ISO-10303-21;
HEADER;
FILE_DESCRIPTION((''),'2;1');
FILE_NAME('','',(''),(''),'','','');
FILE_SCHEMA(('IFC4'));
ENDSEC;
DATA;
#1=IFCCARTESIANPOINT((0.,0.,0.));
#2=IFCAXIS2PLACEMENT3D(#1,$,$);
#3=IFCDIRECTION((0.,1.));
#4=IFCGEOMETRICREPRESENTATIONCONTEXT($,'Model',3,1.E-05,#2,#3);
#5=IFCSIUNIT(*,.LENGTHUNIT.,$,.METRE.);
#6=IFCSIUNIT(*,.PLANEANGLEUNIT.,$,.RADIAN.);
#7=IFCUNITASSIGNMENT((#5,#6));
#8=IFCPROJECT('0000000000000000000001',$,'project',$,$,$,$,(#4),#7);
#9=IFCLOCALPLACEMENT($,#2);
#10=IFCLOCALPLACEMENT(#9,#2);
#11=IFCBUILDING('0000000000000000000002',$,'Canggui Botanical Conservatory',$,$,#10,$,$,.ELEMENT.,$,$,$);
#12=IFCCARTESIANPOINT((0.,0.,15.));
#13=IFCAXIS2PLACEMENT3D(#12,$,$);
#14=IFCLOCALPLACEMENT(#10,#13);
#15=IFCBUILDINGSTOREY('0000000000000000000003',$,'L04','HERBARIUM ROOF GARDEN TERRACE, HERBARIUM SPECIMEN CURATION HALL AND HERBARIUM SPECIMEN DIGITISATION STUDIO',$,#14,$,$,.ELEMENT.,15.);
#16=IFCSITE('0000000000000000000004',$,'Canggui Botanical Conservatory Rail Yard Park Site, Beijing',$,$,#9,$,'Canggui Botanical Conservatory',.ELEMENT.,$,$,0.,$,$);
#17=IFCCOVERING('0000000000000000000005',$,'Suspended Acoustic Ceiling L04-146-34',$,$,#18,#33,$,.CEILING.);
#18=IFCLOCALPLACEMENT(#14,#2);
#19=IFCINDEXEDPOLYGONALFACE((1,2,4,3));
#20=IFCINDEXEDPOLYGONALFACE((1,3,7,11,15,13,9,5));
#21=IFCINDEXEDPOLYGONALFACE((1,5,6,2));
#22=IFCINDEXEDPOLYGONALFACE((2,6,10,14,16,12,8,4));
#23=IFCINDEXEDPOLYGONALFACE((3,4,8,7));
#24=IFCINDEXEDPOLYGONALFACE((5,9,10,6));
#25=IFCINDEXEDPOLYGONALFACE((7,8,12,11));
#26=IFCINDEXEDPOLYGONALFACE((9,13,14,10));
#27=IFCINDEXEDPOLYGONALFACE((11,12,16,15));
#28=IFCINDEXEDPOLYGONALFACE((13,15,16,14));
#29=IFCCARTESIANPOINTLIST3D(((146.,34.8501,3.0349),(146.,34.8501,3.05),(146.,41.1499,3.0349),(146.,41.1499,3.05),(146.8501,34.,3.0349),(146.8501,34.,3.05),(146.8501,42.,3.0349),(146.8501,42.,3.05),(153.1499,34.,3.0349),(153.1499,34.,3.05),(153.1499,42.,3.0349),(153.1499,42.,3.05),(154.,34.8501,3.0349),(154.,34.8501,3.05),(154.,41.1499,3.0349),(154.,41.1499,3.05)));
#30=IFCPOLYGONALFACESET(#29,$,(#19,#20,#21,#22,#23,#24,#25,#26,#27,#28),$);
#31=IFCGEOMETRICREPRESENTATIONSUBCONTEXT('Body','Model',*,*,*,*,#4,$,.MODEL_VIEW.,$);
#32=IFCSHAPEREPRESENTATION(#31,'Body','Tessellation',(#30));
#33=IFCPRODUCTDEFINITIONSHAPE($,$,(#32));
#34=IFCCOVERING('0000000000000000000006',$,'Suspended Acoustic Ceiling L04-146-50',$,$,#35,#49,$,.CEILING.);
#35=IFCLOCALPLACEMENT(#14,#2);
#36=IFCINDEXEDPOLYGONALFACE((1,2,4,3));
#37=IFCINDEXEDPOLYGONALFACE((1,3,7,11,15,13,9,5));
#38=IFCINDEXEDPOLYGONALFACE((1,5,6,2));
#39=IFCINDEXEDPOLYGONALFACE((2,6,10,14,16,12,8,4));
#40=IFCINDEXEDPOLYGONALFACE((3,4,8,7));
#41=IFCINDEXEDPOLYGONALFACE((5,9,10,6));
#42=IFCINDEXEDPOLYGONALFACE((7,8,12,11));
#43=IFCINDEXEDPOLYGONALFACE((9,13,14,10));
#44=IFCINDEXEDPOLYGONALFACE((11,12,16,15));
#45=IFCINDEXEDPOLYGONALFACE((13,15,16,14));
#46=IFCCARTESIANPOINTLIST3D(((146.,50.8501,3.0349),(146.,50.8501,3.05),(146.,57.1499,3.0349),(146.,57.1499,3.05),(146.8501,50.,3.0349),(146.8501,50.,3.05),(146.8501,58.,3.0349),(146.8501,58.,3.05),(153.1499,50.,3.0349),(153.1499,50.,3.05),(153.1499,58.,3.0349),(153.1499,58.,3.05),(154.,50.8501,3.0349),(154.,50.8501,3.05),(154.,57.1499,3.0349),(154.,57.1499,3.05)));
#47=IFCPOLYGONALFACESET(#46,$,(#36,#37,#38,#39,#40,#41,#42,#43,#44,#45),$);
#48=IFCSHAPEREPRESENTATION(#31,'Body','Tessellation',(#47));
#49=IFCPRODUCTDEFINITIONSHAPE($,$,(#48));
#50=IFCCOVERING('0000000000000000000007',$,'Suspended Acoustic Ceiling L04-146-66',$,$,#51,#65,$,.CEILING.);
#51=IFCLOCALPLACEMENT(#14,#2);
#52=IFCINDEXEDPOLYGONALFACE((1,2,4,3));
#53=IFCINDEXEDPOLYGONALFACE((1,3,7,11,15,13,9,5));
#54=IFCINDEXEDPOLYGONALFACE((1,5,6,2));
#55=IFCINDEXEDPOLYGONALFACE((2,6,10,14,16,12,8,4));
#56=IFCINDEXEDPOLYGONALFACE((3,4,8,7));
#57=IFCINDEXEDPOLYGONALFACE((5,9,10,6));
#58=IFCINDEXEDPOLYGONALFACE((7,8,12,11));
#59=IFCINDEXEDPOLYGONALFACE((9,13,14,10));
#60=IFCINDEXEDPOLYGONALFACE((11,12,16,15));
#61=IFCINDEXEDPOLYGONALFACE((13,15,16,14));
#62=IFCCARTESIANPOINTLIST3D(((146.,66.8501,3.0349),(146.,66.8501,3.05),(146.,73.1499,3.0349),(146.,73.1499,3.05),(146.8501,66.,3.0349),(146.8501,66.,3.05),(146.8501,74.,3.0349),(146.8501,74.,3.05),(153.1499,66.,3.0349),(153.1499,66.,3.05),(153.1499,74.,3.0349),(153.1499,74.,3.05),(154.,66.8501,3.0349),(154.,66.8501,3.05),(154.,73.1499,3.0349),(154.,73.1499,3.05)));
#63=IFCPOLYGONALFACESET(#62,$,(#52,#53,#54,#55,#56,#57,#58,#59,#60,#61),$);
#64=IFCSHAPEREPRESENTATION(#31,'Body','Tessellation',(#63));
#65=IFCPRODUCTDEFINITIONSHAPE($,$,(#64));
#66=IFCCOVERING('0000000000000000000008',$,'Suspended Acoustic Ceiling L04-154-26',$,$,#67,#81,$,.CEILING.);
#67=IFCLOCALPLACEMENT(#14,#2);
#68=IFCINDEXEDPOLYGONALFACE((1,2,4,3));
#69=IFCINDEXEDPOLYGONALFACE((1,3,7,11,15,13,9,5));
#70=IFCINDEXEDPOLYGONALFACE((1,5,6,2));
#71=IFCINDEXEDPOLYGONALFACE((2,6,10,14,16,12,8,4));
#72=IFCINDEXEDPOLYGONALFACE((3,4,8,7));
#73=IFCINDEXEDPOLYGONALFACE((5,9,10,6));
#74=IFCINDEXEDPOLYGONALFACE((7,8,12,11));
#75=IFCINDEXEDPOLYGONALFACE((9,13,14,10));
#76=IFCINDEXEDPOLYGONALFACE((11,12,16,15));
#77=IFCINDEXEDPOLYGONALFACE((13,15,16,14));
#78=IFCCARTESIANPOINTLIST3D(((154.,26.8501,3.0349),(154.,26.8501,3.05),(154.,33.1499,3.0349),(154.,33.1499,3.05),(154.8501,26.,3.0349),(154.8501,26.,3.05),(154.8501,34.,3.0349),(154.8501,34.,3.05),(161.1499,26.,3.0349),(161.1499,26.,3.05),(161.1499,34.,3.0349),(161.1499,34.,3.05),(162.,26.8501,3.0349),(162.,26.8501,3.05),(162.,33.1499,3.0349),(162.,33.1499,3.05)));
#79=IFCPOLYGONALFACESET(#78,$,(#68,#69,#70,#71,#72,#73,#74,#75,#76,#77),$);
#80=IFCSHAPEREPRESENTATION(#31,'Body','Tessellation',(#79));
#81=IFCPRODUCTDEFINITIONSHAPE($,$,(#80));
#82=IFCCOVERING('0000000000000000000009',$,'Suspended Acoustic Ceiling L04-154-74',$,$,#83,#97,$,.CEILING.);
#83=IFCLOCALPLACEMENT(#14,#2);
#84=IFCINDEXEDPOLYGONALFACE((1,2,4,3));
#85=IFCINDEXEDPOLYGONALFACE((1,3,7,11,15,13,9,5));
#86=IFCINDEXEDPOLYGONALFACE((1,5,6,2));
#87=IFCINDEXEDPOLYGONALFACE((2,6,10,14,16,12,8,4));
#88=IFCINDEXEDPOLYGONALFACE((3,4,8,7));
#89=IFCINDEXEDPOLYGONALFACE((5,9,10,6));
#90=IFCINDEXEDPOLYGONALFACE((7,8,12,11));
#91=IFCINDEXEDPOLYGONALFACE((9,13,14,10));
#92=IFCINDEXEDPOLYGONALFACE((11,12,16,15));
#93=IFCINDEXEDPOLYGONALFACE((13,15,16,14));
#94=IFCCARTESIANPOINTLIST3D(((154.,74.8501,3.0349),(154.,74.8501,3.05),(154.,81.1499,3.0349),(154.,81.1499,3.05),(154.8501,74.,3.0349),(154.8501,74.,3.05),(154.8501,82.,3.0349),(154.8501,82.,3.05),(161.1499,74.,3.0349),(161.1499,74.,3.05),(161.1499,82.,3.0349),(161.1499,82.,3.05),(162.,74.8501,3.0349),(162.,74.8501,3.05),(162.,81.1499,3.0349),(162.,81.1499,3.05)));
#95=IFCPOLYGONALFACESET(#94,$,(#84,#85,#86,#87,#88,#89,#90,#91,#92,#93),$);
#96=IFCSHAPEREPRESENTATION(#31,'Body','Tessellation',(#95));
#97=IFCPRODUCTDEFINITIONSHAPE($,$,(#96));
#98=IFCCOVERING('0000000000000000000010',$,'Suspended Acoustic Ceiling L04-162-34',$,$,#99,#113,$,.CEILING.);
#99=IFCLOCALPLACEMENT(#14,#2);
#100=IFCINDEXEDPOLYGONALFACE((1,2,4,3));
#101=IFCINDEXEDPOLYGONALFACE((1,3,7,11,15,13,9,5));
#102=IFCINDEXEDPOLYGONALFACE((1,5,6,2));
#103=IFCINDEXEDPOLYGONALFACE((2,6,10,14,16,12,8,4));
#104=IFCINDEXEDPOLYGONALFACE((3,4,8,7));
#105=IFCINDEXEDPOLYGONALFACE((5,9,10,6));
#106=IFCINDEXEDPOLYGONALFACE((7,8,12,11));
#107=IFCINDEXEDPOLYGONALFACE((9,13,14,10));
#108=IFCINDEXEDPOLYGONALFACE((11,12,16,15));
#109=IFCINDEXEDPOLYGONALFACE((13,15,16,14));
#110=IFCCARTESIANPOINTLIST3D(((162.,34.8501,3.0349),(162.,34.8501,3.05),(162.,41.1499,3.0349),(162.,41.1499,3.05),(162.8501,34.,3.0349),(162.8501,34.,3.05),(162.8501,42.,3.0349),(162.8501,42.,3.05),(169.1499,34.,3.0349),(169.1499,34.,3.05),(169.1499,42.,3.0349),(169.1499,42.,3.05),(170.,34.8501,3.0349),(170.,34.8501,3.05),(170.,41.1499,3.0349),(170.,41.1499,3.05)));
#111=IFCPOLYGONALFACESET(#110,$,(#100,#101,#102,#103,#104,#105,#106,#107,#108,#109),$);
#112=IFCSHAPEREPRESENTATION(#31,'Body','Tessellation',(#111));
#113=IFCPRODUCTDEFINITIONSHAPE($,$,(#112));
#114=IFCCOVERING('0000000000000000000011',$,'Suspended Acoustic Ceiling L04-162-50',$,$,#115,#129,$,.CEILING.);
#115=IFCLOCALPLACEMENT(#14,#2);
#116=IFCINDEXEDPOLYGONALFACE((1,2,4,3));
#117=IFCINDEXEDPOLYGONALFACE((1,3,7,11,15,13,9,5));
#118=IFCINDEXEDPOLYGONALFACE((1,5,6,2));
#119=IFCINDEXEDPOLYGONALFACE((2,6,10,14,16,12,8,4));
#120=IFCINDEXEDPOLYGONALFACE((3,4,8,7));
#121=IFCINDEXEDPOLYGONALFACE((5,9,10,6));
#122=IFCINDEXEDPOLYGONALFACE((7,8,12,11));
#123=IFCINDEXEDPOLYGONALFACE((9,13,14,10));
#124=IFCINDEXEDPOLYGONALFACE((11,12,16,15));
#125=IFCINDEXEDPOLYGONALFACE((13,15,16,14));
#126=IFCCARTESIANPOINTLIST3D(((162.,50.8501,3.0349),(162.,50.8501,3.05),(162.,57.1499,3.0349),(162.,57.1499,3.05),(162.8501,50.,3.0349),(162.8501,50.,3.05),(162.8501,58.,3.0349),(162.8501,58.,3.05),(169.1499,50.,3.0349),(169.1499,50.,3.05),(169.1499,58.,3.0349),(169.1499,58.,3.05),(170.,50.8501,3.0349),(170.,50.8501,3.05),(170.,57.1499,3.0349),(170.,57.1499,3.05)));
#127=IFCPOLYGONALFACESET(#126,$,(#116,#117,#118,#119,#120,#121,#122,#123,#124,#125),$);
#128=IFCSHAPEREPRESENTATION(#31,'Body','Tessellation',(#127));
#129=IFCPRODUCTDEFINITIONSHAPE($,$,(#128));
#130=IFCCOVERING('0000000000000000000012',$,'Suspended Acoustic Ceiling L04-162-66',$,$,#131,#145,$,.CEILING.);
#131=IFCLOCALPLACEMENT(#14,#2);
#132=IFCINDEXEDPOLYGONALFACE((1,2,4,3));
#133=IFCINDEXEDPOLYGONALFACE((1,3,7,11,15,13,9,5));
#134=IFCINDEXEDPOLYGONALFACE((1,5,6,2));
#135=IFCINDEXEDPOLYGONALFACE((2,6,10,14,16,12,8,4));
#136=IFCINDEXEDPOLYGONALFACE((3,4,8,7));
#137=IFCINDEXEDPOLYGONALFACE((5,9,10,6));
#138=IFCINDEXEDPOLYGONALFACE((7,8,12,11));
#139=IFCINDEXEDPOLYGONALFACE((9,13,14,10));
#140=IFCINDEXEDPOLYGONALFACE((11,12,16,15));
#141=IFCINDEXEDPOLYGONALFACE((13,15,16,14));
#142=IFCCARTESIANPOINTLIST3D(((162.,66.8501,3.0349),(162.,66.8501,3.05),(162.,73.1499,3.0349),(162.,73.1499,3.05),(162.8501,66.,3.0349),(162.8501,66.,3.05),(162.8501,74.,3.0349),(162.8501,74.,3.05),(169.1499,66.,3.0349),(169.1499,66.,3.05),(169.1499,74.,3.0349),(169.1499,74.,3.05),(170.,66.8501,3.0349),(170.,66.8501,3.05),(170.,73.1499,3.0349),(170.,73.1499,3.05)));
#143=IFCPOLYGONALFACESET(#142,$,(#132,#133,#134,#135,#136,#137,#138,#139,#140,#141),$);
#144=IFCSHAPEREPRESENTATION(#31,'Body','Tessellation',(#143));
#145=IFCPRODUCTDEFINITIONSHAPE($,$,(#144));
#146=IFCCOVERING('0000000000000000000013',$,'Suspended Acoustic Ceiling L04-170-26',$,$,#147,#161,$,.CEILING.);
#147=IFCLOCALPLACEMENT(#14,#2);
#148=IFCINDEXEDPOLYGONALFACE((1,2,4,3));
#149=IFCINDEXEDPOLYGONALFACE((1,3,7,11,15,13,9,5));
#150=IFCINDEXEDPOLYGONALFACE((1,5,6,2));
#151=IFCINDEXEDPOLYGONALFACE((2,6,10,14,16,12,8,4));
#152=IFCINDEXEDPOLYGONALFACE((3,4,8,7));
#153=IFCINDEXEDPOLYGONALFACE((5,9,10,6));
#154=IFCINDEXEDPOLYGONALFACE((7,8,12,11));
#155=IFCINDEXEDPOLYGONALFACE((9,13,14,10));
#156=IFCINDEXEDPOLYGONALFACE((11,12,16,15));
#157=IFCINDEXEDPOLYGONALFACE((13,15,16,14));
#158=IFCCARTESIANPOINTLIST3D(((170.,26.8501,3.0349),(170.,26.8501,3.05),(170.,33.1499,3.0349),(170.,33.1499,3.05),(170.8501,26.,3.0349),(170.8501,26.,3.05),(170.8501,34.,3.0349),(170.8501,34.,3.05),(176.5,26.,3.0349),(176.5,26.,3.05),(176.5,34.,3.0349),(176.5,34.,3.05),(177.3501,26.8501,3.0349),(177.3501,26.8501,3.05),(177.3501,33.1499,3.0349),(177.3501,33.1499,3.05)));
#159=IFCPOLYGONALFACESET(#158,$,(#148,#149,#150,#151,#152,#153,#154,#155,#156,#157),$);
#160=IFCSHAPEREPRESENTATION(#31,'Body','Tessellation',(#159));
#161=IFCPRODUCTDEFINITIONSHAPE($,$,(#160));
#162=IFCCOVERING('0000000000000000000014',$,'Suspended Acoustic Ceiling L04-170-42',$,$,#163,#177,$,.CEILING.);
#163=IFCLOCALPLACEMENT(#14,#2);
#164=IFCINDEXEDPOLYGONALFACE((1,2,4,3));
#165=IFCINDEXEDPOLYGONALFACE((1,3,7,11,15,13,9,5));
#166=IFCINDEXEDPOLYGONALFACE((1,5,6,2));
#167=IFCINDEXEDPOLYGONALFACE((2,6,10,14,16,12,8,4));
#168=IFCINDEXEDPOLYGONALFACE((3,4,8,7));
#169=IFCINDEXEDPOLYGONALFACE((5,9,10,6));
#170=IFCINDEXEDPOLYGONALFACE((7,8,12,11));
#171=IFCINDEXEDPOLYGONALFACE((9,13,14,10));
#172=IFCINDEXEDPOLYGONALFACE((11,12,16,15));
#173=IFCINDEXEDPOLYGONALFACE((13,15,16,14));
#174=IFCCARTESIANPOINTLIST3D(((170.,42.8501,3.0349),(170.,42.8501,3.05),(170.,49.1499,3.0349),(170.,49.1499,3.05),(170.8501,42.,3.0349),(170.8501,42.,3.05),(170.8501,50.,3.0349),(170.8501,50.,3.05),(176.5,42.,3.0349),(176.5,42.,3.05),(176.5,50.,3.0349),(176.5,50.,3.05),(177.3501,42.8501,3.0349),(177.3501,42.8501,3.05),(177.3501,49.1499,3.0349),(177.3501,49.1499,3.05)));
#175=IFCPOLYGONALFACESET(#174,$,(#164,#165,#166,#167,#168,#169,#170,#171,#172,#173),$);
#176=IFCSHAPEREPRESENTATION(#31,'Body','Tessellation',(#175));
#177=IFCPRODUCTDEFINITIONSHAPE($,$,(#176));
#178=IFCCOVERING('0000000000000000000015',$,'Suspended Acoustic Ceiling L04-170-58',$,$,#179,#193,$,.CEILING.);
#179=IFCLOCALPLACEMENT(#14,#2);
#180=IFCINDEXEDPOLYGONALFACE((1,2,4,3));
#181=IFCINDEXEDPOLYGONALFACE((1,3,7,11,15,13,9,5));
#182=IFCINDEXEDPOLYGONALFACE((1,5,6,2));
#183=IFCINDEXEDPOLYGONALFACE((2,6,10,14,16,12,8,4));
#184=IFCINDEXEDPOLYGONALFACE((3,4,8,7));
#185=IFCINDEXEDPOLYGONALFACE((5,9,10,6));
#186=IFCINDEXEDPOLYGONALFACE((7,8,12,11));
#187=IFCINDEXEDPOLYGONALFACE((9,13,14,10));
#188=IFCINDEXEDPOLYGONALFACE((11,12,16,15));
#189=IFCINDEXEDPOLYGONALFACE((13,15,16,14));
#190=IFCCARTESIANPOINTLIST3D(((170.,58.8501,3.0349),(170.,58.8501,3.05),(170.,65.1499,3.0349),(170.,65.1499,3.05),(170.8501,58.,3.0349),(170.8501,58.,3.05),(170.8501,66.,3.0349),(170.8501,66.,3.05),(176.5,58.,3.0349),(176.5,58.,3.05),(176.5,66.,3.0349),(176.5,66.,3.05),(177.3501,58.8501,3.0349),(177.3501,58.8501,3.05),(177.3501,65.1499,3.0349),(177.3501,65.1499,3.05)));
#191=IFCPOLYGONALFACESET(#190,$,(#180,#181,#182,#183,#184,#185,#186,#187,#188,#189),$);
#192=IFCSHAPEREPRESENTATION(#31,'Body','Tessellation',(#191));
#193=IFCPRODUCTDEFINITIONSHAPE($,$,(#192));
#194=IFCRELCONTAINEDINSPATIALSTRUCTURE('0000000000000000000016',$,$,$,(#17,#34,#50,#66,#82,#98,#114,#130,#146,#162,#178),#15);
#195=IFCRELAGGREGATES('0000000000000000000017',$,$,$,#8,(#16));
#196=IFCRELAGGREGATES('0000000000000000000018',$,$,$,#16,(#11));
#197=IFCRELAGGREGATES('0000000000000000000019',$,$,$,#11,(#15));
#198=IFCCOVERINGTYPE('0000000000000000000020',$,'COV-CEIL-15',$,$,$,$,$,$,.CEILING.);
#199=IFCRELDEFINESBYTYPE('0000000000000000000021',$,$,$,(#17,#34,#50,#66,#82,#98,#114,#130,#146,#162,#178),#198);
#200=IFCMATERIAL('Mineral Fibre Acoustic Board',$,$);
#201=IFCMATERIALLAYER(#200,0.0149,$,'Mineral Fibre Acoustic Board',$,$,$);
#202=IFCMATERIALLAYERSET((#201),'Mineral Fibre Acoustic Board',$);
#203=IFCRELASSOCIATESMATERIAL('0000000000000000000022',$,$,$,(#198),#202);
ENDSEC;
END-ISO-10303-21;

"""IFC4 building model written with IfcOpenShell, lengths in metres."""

from ifc_helpers import new_model, si_unit, direction, frame, origin, place, context, subcontext, project, spatial, polyline, outline, extrude, material, layer, layer_set, type_object, element, save


model = new_model("IFC4")

# Units and contexts
model_context = context("Model", 3, precision=1e-05, world=origin(), true_north=direction((0.0, 1.0)))
body_context = subcontext(model_context, "Body", "Model", "MODEL_VIEW")
ifc_project = project(units=[si_unit("LENGTHUNIT", "METRE"), si_unit("PLANEANGLEUNIT", "RADIAN")], contexts=[model_context])

# Site, building, storey
site_placement = place(None, origin())
site = spatial("IfcSite", under=ifc_project, at=site_placement, Name="Canggui Botanical Conservatory Rail Yard Park Site, Beijing", LongName="Canggui Botanical Conservatory", CompositionType="ELEMENT", RefElevation=0.0)
building_placement = place(site_placement, origin())
building = spatial("IfcBuilding", under=site, at=building_placement, Name="Canggui Botanical Conservatory", CompositionType="ELEMENT")
storey_placement = place(building_placement, frame((0.0, 0.0, 15.0)))
storey = spatial("IfcBuildingStorey", under=building, at=storey_placement, Name="L04", Description="HERBARIUM ROOF GARDEN TERRACE, HERBARIUM SPECIMEN CURATION HALL AND HERBARIUM SPECIMEN DIGITISATION STUDIO", CompositionType="ELEMENT", Elevation=15.0)

# Coverings
ifc_material_1 = material(Name="Mineral Fibre Acoustic Board")
ifc_layer_1 = layer(ifc_material_1, 0.0149, Name="Mineral Fibre Acoustic Board")
ifc_layer_set_1 = layer_set([ifc_layer_1], Name="Mineral Fibre Acoustic Board")
covering_type_1 = type_object("IfcCoveringType", Name="COV-CEIL-15", PredefinedType="CEILING", material=ifc_layer_set_1)
covering_1_placement = place(storey_placement, frame((0.0, 0.0, 3.0349)))
element("IfcCovering", 1, at=covering_1_placement, inside=storey, type_object=covering_type_1, Name="Suspended Acoustic Ceiling L04-146-34", PredefinedType="CEILING", context=body_context, shape_type="SweptSolid", body=[
    extrude(outline(polyline([(146.8501, 34.0), (153.1499, 34.0), (154.0, 34.8501), (154.0, 41.1499), (153.1499, 42.0), (146.8501, 42.0), (146.0, 41.1499), (146.0, 34.8501), (146.8501, 34.0)])), origin(), (0.0, 0.0, 1.0), 0.0151),
])
covering_2_placement = place(storey_placement, frame((0.0, 0.0, 3.0349)))
element("IfcCovering", 2, at=covering_2_placement, inside=storey, type_object=covering_type_1, Name="Suspended Acoustic Ceiling L04-146-50", PredefinedType="CEILING", context=body_context, shape_type="SweptSolid", body=[
    extrude(outline(polyline([(146.8501, 50.0), (153.1499, 50.0), (154.0, 50.8501), (154.0, 57.1499), (153.1499, 58.0), (146.8501, 58.0), (146.0, 57.1499), (146.0, 50.8501), (146.8501, 50.0)])), origin(), (0.0, 0.0, 1.0), 0.0151),
])
covering_3_placement = place(storey_placement, frame((0.0, 0.0, 3.0349)))
element("IfcCovering", 3, at=covering_3_placement, inside=storey, type_object=covering_type_1, Name="Suspended Acoustic Ceiling L04-146-66", PredefinedType="CEILING", context=body_context, shape_type="SweptSolid", body=[
    extrude(outline(polyline([(146.8501, 66.0), (153.1499, 66.0), (154.0, 66.8501), (154.0, 73.1499), (153.1499, 74.0), (146.8501, 74.0), (146.0, 73.1499), (146.0, 66.8501), (146.8501, 66.0)])), origin(), (0.0, 0.0, 1.0), 0.0151),
])
covering_4_placement = place(storey_placement, frame((0.0, 0.0, 3.0349)))
element("IfcCovering", 4, at=covering_4_placement, inside=storey, type_object=covering_type_1, Name="Suspended Acoustic Ceiling L04-154-26", PredefinedType="CEILING", context=body_context, shape_type="SweptSolid", body=[
    extrude(outline(polyline([(154.8501, 26.0), (161.1499, 26.0), (162.0, 26.8501), (162.0, 33.1499), (161.1499, 34.0), (154.8501, 34.0), (154.0, 33.1499), (154.0, 26.8501), (154.8501, 26.0)])), origin(), (0.0, 0.0, 1.0), 0.0151),
])
covering_5_placement = place(storey_placement, frame((0.0, 0.0, 3.0349)))
element("IfcCovering", 5, at=covering_5_placement, inside=storey, type_object=covering_type_1, Name="Suspended Acoustic Ceiling L04-154-74", PredefinedType="CEILING", context=body_context, shape_type="SweptSolid", body=[
    extrude(outline(polyline([(154.8501, 74.0), (161.1499, 74.0), (162.0, 74.8501), (162.0, 81.1499), (161.1499, 82.0), (154.8501, 82.0), (154.0, 81.1499), (154.0, 74.8501), (154.8501, 74.0)])), origin(), (0.0, 0.0, 1.0), 0.0151),
])
covering_6_placement = place(storey_placement, frame((0.0, 0.0, 3.0349)))
element("IfcCovering", 6, at=covering_6_placement, inside=storey, type_object=covering_type_1, Name="Suspended Acoustic Ceiling L04-162-34", PredefinedType="CEILING", context=body_context, shape_type="SweptSolid", body=[
    extrude(outline(polyline([(162.8501, 34.0), (169.1499, 34.0), (170.0, 34.8501), (170.0, 41.1499), (169.1499, 42.0), (162.8501, 42.0), (162.0, 41.1499), (162.0, 34.8501), (162.8501, 34.0)])), origin(), (0.0, 0.0, 1.0), 0.0151),
])
covering_7_placement = place(storey_placement, frame((0.0, 0.0, 3.0349)))
element("IfcCovering", 7, at=covering_7_placement, inside=storey, type_object=covering_type_1, Name="Suspended Acoustic Ceiling L04-162-50", PredefinedType="CEILING", context=body_context, shape_type="SweptSolid", body=[
    extrude(outline(polyline([(162.8501, 50.0), (169.1499, 50.0), (170.0, 50.8501), (170.0, 57.1499), (169.1499, 58.0), (162.8501, 58.0), (162.0, 57.1499), (162.0, 50.8501), (162.8501, 50.0)])), origin(), (0.0, 0.0, 1.0), 0.0151),
])
covering_8_placement = place(storey_placement, frame((0.0, 0.0, 3.0349)))
element("IfcCovering", 8, at=covering_8_placement, inside=storey, type_object=covering_type_1, Name="Suspended Acoustic Ceiling L04-162-66", PredefinedType="CEILING", context=body_context, shape_type="SweptSolid", body=[
    extrude(outline(polyline([(162.8501, 66.0), (169.1499, 66.0), (170.0, 66.8501), (170.0, 73.1499), (169.1499, 74.0), (162.8501, 74.0), (162.0, 73.1499), (162.0, 66.8501), (162.8501, 66.0)])), origin(), (0.0, 0.0, 1.0), 0.0151),
])
covering_9_placement = place(storey_placement, frame((0.0, 0.0, 3.0349)))
element("IfcCovering", 9, at=covering_9_placement, inside=storey, type_object=covering_type_1, Name="Suspended Acoustic Ceiling L04-170-26", PredefinedType="CEILING", context=body_context, shape_type="SweptSolid", body=[
    extrude(outline(polyline([(170.8501, 26.0), (176.5, 26.0), (177.3501, 26.8501), (177.3501, 33.1499), (176.5, 34.0), (170.8501, 34.0), (170.0, 33.1499), (170.0, 26.8501), (170.8501, 26.0)])), origin(), (0.0, 0.0, 1.0), 0.0151),
])
covering_10_placement = place(storey_placement, frame((0.0, 0.0, 3.0349)))
element("IfcCovering", 10, at=covering_10_placement, inside=storey, type_object=covering_type_1, Name="Suspended Acoustic Ceiling L04-170-42", PredefinedType="CEILING", context=body_context, shape_type="SweptSolid", body=[
    extrude(outline(polyline([(170.8501, 42.0), (176.5, 42.0), (177.3501, 42.8501), (177.3501, 49.1499), (176.5, 50.0), (170.8501, 50.0), (170.0, 49.1499), (170.0, 42.8501), (170.8501, 42.0)])), origin(), (0.0, 0.0, 1.0), 0.0151),
])
covering_11_placement = place(storey_placement, frame((0.0, 0.0, 3.0349)))
element("IfcCovering", 11, at=covering_11_placement, inside=storey, type_object=covering_type_1, Name="Suspended Acoustic Ceiling L04-170-58", PredefinedType="CEILING", context=body_context, shape_type="SweptSolid", body=[
    extrude(outline(polyline([(170.8501, 58.0), (176.5, 58.0), (177.3501, 58.8501), (177.3501, 65.1499), (176.5, 66.0), (170.8501, 66.0), (170.0, 65.1499), (170.0, 58.8501), (170.8501, 58.0)])), origin(), (0.0, 0.0, 1.0), 0.0151),
])

save(model, "model.ifc")
